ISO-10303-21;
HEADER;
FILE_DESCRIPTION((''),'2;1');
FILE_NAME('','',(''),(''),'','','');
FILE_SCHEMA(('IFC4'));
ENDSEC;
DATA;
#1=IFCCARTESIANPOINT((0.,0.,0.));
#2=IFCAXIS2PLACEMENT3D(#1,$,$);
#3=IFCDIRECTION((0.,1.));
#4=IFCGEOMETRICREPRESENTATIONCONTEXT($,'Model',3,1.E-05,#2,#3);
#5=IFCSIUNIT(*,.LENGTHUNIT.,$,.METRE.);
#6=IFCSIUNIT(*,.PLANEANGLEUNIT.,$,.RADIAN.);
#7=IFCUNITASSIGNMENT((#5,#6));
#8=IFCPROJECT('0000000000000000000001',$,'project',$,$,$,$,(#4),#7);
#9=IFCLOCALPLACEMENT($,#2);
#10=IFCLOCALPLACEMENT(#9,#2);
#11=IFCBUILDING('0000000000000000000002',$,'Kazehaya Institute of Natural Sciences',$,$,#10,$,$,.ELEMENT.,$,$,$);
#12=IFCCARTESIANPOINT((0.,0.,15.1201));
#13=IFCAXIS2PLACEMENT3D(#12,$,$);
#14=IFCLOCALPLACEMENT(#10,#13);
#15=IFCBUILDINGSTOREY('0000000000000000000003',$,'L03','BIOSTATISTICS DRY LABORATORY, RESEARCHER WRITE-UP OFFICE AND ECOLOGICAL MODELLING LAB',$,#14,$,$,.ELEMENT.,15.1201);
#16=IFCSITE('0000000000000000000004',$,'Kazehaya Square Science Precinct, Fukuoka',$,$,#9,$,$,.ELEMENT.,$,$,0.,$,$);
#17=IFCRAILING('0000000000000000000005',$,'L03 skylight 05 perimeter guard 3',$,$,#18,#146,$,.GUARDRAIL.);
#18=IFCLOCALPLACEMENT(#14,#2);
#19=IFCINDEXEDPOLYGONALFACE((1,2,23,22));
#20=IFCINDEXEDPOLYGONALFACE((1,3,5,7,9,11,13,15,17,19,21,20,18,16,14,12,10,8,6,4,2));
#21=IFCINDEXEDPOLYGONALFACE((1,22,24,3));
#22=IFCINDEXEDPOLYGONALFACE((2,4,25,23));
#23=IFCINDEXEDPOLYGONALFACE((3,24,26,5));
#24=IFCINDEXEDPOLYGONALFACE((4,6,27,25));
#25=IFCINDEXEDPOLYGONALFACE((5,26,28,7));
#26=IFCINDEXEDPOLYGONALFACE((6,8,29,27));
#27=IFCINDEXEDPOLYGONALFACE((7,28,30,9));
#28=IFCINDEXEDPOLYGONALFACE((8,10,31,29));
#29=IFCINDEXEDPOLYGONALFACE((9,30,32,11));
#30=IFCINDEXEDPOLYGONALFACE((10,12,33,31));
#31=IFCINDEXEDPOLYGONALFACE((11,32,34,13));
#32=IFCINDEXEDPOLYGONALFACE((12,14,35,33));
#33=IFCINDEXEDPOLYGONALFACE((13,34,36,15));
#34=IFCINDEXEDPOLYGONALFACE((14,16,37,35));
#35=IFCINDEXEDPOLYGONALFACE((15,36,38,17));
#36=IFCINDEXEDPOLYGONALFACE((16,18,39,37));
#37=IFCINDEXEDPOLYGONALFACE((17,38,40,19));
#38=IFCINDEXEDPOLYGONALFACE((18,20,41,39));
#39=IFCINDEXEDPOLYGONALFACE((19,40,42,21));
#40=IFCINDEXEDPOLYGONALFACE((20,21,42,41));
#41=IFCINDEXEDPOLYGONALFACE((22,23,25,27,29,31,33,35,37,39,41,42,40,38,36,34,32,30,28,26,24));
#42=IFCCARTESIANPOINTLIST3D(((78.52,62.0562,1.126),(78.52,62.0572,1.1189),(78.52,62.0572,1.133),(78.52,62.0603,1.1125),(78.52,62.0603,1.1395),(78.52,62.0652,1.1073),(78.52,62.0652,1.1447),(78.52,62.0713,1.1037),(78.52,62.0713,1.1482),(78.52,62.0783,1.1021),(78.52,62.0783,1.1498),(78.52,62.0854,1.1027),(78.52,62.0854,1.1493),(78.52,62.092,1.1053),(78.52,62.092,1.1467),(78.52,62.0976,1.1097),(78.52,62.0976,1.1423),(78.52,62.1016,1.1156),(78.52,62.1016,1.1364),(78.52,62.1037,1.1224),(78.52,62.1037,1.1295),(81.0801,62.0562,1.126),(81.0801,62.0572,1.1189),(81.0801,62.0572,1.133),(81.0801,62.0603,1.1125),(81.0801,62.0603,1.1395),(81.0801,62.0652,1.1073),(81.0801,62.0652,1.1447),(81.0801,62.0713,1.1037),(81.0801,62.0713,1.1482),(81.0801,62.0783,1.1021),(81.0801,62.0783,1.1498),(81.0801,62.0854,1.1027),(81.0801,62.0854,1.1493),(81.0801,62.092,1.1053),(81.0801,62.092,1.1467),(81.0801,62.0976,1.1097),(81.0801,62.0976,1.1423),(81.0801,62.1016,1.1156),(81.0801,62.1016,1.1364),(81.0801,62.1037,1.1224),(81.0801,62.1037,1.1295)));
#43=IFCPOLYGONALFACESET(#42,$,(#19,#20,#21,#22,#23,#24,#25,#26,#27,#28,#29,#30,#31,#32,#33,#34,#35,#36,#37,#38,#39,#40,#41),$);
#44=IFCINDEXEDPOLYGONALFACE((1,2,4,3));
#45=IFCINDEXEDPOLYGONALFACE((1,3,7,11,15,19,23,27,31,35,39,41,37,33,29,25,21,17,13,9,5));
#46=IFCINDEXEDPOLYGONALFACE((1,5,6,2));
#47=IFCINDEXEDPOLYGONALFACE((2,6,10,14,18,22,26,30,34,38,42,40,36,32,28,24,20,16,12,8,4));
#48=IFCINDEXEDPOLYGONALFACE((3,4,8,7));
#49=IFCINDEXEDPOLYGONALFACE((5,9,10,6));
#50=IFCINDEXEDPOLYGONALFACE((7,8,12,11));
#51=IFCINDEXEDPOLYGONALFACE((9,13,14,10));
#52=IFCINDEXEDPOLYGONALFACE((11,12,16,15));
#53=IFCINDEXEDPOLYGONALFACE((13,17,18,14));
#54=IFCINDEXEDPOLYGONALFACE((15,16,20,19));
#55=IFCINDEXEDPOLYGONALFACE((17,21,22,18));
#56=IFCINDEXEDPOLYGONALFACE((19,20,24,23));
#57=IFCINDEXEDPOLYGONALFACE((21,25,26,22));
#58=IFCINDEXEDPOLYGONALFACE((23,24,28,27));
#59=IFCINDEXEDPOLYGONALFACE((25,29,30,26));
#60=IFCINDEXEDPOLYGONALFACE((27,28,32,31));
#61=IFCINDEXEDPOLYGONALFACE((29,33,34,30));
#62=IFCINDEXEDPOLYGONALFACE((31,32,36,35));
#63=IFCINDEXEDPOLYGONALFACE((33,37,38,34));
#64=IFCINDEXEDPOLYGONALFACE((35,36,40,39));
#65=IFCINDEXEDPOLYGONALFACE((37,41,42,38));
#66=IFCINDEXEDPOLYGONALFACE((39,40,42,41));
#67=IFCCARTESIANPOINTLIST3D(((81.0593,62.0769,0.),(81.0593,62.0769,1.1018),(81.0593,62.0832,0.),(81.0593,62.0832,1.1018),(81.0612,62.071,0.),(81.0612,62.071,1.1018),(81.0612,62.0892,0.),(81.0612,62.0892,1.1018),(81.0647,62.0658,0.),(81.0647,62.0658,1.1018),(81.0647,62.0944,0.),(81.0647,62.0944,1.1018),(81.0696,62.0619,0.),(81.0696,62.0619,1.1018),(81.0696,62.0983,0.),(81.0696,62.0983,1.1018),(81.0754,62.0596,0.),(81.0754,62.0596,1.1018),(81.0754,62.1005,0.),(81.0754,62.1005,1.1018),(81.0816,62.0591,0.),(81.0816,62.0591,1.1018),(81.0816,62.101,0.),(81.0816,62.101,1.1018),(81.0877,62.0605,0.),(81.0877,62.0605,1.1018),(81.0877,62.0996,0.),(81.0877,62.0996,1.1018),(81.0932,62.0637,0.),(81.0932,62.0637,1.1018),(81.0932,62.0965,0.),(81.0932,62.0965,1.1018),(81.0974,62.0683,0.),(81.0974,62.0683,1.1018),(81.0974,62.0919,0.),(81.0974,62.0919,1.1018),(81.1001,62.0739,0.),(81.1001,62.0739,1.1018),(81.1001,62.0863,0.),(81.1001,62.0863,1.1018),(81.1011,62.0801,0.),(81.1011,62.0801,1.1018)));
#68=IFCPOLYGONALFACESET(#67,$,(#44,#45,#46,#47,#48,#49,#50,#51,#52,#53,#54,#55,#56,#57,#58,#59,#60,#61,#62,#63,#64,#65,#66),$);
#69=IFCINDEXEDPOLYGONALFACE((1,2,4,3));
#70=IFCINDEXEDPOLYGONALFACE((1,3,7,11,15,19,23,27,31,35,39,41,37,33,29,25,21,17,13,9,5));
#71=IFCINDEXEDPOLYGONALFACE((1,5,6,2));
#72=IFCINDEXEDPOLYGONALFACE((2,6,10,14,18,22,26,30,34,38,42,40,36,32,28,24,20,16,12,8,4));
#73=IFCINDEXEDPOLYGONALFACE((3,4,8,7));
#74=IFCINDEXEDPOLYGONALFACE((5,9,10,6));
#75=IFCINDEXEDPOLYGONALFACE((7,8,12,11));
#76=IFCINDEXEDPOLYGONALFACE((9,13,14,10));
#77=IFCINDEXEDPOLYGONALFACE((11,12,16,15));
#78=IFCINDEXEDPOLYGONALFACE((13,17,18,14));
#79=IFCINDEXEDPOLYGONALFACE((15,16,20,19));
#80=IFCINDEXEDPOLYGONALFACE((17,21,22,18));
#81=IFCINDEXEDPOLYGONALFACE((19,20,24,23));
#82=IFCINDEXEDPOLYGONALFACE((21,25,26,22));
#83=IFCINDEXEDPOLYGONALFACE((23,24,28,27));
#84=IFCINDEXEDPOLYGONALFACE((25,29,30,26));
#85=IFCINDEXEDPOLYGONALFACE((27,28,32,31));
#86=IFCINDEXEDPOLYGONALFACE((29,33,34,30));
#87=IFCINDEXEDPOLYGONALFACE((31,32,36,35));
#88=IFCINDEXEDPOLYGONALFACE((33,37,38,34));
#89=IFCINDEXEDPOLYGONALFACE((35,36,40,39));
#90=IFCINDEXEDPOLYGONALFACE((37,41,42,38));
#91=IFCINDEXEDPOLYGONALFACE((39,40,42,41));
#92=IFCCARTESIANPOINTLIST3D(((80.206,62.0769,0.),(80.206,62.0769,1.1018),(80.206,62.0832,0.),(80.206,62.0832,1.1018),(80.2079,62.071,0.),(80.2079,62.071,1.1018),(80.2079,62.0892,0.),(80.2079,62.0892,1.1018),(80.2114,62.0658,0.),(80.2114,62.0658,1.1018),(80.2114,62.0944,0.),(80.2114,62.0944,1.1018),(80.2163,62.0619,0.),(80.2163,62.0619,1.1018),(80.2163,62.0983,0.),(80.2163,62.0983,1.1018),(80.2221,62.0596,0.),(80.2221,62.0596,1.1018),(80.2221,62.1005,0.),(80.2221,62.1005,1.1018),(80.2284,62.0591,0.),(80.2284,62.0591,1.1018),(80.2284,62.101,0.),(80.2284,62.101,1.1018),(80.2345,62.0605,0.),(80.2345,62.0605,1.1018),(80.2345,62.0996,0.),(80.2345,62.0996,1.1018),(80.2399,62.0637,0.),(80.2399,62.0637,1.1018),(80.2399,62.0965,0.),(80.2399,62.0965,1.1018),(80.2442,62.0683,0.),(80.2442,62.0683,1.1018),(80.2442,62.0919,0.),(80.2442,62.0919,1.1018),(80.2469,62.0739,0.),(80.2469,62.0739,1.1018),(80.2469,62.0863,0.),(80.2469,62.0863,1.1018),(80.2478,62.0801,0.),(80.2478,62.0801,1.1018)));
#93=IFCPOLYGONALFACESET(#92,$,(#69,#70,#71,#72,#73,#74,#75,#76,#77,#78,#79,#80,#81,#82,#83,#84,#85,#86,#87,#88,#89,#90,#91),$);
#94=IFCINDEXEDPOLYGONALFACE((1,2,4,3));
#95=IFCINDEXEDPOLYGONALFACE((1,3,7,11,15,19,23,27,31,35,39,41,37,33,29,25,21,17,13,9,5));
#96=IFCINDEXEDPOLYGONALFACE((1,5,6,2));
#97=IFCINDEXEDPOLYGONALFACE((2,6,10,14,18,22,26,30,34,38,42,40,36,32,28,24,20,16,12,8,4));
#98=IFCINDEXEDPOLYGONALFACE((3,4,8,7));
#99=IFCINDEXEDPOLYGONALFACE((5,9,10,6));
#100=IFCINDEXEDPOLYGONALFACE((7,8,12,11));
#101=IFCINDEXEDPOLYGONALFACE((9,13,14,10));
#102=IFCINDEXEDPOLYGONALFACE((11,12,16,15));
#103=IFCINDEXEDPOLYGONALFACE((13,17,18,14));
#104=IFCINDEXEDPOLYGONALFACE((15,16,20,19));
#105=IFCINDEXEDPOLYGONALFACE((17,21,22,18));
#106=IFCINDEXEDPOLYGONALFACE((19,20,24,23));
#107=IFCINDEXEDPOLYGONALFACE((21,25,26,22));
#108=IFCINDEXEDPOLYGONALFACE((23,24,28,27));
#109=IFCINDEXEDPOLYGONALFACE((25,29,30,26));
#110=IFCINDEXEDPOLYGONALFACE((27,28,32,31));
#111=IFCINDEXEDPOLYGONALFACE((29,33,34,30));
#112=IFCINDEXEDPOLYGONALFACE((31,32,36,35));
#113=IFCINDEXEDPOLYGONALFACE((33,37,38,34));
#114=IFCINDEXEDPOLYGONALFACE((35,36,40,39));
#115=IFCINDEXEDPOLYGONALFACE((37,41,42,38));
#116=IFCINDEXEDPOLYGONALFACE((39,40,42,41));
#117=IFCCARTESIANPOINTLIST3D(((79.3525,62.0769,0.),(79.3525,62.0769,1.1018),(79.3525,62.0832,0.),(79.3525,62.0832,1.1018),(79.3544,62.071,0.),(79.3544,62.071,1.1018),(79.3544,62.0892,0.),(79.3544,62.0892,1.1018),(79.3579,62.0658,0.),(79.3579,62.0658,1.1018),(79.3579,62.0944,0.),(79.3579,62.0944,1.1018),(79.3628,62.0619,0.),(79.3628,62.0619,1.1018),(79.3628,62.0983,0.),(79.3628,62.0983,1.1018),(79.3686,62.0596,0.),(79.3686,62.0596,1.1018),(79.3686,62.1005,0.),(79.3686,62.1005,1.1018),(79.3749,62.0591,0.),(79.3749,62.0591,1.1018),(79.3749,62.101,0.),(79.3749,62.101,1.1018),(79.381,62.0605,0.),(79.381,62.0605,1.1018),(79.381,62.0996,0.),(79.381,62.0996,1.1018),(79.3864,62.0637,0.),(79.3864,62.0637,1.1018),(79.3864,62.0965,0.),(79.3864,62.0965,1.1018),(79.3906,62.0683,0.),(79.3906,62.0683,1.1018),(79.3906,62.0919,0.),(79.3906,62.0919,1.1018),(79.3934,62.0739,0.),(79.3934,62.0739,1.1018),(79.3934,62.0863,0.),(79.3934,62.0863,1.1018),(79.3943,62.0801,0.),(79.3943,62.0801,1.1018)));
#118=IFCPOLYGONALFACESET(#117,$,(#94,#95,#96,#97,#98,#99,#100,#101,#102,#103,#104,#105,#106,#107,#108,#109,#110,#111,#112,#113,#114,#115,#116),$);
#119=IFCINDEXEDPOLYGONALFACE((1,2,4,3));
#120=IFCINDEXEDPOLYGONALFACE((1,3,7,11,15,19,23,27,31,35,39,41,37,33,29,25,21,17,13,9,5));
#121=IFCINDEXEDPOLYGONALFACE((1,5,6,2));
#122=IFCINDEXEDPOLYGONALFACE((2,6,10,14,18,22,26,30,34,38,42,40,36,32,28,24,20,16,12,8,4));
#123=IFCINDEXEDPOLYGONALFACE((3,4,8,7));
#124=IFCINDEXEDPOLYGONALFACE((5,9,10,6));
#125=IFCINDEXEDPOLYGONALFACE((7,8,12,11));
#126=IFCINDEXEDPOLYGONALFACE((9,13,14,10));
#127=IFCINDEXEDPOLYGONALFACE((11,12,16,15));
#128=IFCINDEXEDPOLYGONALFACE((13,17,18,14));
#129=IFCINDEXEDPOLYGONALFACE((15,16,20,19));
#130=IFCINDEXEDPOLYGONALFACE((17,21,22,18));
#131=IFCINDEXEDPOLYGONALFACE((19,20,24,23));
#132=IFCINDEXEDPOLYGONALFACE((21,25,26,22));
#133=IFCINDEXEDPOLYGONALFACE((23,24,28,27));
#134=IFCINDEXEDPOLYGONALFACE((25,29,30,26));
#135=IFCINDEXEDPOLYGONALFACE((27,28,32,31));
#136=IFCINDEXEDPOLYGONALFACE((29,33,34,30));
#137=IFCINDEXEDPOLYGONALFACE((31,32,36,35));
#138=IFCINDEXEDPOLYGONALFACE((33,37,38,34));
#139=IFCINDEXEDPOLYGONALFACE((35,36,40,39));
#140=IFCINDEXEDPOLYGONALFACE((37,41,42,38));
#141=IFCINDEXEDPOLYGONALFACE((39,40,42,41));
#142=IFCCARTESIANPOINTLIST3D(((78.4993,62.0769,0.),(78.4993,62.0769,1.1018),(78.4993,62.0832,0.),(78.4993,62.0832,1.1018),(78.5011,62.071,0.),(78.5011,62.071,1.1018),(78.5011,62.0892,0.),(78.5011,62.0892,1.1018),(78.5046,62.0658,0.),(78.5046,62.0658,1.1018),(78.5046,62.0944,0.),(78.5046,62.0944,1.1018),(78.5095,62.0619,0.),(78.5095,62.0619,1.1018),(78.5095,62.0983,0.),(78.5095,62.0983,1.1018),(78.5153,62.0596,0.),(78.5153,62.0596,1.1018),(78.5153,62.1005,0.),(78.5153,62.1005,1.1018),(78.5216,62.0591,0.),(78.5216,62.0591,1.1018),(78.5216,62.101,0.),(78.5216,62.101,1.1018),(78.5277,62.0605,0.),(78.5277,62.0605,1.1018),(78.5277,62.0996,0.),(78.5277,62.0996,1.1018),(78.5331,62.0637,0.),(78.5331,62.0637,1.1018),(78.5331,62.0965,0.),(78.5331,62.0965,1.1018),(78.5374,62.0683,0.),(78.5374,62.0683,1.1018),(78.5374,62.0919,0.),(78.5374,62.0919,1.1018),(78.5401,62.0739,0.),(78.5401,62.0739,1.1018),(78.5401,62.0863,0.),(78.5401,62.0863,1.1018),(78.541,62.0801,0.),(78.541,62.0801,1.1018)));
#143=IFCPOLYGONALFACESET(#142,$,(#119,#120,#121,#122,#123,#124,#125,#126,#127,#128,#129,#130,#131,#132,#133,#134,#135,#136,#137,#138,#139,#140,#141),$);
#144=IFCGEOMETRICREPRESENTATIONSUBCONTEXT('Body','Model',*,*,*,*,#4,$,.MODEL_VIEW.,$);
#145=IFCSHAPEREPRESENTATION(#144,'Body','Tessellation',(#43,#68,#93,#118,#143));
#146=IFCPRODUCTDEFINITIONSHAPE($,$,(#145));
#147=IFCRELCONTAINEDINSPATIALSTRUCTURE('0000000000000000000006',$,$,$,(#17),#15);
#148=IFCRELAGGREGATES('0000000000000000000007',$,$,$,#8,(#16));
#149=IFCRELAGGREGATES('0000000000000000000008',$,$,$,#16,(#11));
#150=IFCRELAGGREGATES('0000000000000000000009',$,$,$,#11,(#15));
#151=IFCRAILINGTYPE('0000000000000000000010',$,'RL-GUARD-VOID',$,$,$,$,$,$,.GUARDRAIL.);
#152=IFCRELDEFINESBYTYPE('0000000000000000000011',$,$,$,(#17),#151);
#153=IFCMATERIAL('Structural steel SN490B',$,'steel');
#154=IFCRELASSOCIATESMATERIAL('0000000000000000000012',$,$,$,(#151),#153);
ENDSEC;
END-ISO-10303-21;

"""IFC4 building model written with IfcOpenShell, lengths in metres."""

from ifc_helpers import new_model, si_unit, direction, frame, origin, origin_2d, place, context, subcontext, project, spatial, circle, extrude, material, type_object, element, save


model = new_model("IFC4")

# Units and contexts
model_context = context("Model", 3, precision=1e-05, world=origin(), true_north=direction((0.0, 1.0)))
body_context = subcontext(model_context, "Body", "Model", "MODEL_VIEW")
ifc_project = project(units=[si_unit("LENGTHUNIT", "METRE"), si_unit("PLANEANGLEUNIT", "RADIAN")], contexts=[model_context])

# Site, building, storey
site_placement = place(None, origin())
site = spatial("IfcSite", under=ifc_project, at=site_placement, Name="Kazehaya Square Science Precinct, Fukuoka", CompositionType="ELEMENT", RefElevation=0.0)
building_placement = place(site_placement, origin())
building = spatial("IfcBuilding", under=site, at=building_placement, Name="Kazehaya Institute of Natural Sciences", CompositionType="ELEMENT")
storey_placement = place(building_placement, frame((0.0, 0.0, 15.1201)))
storey = spatial("IfcBuildingStorey", under=building, at=storey_placement, Name="L03", Description="BIOSTATISTICS DRY LABORATORY, RESEARCHER WRITE-UP OFFICE AND ECOLOGICAL MODELLING LAB", CompositionType="ELEMENT", Elevation=15.1201)

# Railing
ifc_material_1 = material(Name="Structural steel SN490B", Category="steel")
railing_type = type_object("IfcRailingType", Name="RL-GUARD-VOID", PredefinedType="GUARDRAIL", material=ifc_material_1)
railing_1_placement = place(storey_placement, frame((81.0801, 62.0801, 0.0)))
element("IfcRailing", 1, at=railing_1_placement, inside=storey, type_object=railing_type, Name="L03 skylight 05 perimeter guard 3", PredefinedType="GUARDRAIL", context=body_context, shape_type="SweptSolid", body=[
    extrude(circle(Radius=0.0239, at=origin_2d()), frame((0.0, 0.0, 1.126), z_axis=(-1.0, 0.0, 0.0), x_axis=(0.0, -1.0, 0.0)), (0.0, 0.0, 1.0), 2.5601),
    extrude(circle(Radius=0.021, at=origin_2d()), origin(), (0.0, 0.0, 1.0), 1.1018),
    extrude(circle(Radius=0.021, at=origin_2d()), frame((-0.8533, 0.0, 0.0)), (0.0, 0.0, 1.0), 1.1018),
    extrude(circle(Radius=0.021, at=origin_2d()), frame((-1.7068, 0.0, 0.0)), (0.0, 0.0, 1.0), 1.1018),
    extrude(circle(Radius=0.021, at=origin_2d()), frame((-2.5601, 0.0, 0.0)), (0.0, 0.0, 1.0), 1.1018),
])

save(model, "model.ifc")
